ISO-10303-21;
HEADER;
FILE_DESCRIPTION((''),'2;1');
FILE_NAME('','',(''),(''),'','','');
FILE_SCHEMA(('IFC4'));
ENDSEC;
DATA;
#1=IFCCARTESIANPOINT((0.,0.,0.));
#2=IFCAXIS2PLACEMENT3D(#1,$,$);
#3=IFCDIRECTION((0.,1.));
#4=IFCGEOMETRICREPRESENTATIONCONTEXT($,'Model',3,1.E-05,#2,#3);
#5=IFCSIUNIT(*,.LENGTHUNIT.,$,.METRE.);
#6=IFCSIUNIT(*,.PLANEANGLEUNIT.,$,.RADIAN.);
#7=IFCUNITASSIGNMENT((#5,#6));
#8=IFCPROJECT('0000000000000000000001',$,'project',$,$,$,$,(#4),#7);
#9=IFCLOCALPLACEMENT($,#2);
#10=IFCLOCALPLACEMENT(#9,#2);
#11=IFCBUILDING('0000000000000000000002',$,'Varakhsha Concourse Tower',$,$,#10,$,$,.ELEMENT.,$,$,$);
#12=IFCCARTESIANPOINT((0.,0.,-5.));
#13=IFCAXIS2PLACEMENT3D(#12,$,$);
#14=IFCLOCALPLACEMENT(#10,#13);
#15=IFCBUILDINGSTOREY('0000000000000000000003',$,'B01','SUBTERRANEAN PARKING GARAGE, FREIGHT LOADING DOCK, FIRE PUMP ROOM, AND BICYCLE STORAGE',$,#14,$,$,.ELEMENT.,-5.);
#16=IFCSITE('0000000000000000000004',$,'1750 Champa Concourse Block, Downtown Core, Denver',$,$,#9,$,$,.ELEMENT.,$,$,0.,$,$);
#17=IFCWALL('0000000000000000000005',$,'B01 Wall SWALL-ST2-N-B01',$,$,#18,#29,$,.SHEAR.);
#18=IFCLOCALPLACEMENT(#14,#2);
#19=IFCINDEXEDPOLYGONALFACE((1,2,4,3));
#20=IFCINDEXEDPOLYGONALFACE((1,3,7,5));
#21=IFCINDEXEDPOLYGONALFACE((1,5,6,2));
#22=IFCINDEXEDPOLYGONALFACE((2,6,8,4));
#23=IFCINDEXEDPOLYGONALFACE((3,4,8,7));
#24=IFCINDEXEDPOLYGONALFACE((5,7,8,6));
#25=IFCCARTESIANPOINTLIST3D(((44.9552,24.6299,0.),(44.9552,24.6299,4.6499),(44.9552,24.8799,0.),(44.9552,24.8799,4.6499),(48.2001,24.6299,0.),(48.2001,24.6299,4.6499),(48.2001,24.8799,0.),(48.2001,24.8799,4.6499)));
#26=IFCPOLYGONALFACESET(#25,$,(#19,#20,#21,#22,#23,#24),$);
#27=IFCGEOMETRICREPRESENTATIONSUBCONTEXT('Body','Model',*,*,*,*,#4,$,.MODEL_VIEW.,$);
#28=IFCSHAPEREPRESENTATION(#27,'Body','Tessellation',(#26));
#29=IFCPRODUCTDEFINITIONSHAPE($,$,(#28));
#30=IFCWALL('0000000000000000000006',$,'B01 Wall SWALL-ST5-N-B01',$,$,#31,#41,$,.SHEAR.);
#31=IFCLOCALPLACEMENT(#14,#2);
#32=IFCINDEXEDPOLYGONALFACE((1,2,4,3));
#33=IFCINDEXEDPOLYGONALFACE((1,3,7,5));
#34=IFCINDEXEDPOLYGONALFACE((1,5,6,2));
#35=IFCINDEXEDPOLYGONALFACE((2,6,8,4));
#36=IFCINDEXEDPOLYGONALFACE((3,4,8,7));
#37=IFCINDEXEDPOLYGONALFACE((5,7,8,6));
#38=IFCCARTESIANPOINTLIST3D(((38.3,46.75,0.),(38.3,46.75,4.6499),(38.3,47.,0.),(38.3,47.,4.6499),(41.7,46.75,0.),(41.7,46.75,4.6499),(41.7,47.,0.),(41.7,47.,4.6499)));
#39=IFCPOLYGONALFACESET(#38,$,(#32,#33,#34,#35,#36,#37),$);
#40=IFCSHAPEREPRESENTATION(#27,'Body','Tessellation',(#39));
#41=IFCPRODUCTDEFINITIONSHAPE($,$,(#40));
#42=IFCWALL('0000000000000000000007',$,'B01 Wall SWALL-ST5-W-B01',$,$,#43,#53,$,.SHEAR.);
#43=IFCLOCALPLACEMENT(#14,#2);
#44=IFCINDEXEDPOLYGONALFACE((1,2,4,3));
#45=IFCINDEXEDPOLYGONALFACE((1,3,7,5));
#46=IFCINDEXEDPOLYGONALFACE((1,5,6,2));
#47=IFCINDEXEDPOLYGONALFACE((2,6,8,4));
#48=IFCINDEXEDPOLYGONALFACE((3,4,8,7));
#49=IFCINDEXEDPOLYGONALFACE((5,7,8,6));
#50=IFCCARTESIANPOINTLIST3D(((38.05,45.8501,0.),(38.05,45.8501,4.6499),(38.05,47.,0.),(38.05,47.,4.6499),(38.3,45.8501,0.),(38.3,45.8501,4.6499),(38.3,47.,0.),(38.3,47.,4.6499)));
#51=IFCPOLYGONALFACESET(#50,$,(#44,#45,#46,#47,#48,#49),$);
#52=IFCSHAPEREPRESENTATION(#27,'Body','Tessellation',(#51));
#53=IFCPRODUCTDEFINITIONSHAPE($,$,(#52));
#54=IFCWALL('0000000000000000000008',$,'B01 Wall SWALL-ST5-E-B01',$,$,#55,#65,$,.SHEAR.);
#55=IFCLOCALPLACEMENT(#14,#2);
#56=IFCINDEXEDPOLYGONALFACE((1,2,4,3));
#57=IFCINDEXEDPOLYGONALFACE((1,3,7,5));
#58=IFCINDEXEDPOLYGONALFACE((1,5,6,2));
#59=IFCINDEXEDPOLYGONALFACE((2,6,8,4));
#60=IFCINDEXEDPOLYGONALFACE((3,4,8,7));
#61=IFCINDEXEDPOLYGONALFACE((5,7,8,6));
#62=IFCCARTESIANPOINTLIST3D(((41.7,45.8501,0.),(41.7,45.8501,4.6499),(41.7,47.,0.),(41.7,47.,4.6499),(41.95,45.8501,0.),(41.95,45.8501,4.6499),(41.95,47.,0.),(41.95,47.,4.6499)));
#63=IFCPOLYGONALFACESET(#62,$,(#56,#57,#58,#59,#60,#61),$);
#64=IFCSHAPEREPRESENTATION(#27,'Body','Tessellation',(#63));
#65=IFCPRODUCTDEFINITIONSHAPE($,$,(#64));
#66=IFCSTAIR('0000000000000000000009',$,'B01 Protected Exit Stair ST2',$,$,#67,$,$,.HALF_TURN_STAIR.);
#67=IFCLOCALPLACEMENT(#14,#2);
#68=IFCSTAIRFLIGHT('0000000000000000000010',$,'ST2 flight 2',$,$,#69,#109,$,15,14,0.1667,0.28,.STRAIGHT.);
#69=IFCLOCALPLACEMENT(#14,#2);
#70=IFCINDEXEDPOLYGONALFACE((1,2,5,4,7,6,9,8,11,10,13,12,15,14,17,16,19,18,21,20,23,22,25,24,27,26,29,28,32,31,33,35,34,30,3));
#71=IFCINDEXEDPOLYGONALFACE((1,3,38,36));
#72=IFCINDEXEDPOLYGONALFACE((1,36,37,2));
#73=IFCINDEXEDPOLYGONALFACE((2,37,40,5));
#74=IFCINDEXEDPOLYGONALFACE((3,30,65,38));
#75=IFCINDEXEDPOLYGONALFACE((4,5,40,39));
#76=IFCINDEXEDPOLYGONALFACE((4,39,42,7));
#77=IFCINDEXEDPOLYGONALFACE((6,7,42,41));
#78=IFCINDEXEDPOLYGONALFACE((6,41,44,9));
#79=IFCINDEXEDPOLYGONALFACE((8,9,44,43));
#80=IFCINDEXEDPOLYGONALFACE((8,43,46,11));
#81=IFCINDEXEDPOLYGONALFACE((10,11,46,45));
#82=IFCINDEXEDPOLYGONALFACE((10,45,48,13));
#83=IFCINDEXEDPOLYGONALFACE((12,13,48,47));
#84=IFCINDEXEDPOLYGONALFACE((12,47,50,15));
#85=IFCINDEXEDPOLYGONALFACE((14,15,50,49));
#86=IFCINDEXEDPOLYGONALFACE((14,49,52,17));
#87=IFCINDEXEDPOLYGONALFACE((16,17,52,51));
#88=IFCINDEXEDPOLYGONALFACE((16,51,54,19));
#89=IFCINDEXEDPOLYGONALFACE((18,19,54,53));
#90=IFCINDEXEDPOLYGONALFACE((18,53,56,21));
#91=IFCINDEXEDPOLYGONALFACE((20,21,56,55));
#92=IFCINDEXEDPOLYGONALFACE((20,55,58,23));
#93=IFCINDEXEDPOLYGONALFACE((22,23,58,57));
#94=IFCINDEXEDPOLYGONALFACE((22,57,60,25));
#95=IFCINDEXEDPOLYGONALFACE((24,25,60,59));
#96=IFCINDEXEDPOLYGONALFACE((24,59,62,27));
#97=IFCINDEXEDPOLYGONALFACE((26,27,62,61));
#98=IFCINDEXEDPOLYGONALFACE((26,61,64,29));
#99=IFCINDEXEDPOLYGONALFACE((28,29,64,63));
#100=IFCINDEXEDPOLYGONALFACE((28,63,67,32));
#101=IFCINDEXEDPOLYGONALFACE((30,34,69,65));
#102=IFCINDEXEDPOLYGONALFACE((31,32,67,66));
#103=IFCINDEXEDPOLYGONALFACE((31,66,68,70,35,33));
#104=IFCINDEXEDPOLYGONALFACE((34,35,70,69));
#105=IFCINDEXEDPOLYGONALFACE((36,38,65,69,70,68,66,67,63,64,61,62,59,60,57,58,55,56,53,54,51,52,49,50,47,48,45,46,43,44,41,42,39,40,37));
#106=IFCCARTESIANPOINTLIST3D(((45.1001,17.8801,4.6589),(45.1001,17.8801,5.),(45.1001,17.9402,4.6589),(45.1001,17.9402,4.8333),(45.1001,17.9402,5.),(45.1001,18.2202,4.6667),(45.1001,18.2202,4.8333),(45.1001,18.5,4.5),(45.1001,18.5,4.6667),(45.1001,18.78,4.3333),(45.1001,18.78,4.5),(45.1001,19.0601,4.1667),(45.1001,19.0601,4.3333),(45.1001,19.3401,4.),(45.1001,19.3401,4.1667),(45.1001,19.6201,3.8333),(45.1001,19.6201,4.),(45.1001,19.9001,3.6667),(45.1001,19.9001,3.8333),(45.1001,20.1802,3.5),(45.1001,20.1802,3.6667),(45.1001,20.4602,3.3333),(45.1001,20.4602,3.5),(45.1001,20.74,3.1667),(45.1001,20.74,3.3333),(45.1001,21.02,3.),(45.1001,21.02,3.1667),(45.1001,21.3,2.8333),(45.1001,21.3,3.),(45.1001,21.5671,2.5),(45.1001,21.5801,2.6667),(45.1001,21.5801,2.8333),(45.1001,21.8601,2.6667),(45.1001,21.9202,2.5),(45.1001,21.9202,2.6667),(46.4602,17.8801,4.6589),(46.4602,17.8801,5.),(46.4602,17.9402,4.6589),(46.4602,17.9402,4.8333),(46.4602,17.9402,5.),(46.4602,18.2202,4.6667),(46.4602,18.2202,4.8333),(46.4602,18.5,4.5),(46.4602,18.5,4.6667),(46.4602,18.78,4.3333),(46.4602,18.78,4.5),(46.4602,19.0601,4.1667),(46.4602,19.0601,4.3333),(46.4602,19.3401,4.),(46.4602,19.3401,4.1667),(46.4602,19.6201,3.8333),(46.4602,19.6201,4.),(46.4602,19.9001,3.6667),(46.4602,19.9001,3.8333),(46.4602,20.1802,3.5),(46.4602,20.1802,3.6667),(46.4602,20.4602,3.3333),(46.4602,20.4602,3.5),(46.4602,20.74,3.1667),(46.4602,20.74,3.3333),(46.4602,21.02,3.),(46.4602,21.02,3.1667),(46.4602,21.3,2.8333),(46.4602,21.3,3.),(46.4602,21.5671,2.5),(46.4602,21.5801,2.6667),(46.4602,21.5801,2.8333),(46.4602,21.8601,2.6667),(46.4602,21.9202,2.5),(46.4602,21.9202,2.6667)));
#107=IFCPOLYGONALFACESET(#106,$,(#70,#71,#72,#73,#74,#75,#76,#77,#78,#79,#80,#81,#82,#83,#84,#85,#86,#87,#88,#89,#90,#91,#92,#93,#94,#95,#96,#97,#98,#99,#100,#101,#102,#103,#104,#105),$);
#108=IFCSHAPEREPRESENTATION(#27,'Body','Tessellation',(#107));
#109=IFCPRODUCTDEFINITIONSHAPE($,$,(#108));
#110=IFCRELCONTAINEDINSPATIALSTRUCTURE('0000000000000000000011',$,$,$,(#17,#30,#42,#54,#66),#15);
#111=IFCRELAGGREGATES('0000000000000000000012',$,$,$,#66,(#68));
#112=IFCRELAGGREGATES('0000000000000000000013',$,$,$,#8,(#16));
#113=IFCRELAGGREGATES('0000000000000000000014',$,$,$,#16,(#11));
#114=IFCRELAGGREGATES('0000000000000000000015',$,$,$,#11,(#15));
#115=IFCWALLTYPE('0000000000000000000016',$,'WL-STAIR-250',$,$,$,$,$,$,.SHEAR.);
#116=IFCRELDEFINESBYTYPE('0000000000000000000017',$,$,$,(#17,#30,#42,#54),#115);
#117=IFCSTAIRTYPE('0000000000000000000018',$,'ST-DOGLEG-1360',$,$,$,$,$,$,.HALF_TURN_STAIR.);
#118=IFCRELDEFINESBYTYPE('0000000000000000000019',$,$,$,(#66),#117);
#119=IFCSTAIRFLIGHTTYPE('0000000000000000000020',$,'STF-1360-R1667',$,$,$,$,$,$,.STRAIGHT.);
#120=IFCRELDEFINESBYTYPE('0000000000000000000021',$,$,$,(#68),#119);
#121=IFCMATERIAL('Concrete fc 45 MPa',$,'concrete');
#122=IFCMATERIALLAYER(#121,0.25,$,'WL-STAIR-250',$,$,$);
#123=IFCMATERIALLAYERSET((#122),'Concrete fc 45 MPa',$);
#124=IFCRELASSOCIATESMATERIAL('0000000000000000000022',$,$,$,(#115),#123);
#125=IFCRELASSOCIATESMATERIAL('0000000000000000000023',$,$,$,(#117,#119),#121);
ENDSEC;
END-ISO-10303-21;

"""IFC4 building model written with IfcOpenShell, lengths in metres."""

from ifc_helpers import new_model, si_unit, direction, frame, frame_2d, origin, place, context, subcontext, project, spatial, polyline, rectangle, outline, extrude, material, layer, layer_set, type_object, element, aggregate, save


model = new_model("IFC4")

# Units and contexts
model_context = context("Model", 3, precision=1e-05, world=origin(), true_north=direction((0.0, 1.0)))
body_context = subcontext(model_context, "Body", "Model", "MODEL_VIEW")
ifc_project = project(units=[si_unit("LENGTHUNIT", "METRE"), si_unit("PLANEANGLEUNIT", "RADIAN")], contexts=[model_context])

# Site, building, storey
site_placement = place(None, origin())
site = spatial("IfcSite", under=ifc_project, at=site_placement, Name="1750 Champa Concourse Block, Downtown Core, Denver", CompositionType="ELEMENT", RefElevation=0.0)
building_placement = place(site_placement, origin())
building = spatial("IfcBuilding", under=site, at=building_placement, Name="Varakhsha Concourse Tower", CompositionType="ELEMENT")
storey_placement = place(building_placement, frame((0.0, 0.0, -5.0)))
storey = spatial("IfcBuildingStorey", under=building, at=storey_placement, Name="B01", Description="SUBTERRANEAN PARKING GARAGE, FREIGHT LOADING DOCK, FIRE PUMP ROOM, AND BICYCLE STORAGE", CompositionType="ELEMENT", Elevation=-5.0)

# Walls
ifc_material_1 = material(Name="Concrete fc 45 MPa", Category="concrete")
ifc_layer_1 = layer(ifc_material_1, 0.25, Name="WL-STAIR-250")
ifc_layer_set_1 = layer_set([ifc_layer_1], Name="Concrete fc 45 MPa")
wall_type_1 = type_object("IfcWallType", Name="WL-STAIR-250", PredefinedType="SHEAR", material=ifc_layer_set_1)
wall_1_placement = place(storey_placement, frame((44.9551, 24.7549, 0.0), z_axis=(0.0, 0.0, 1.0), x_axis=(1.0, 0.0, 0.0)))
element("IfcWall", 1, at=wall_1_placement, inside=storey, type_object=wall_type_1, Name="B01 Wall SWALL-ST2-N-B01", PredefinedType="SHEAR", context=body_context, shape_type="SweptSolid", body=[
    extrude(rectangle(XDim=3.2449, YDim=0.25, at=frame_2d((1.6226, 0.0))), origin(), (0.0, 0.0, 1.0), 4.6499),
])
wall_2_placement = place(storey_placement, frame((38.3, 46.875, 0.0), z_axis=(0.0, 0.0, 1.0), x_axis=(1.0, 0.0, 0.0)))
element("IfcWall", 2, at=wall_2_placement, inside=storey, type_object=wall_type_1, Name="B01 Wall SWALL-ST5-N-B01", PredefinedType="SHEAR", context=body_context, shape_type="SweptSolid", body=[
    extrude(rectangle(XDim=3.3999, YDim=0.25, at=frame_2d((1.7, 0.0))), origin(), (0.0, 0.0, 1.0), 4.6499),
])
for number, where, z_axis, x_axis, name in (
    (3, (38.175, 45.8501, 0.0), (0.0, 0.0, 1.0), (0.0, 1.0, 0.0), "B01 Wall SWALL-ST5-W-B01"),
    (4, (41.825, 45.8501, 0.0), (0.0, 0.0, 1.0), (0.0, 1.0, 0.0), "B01 Wall SWALL-ST5-E-B01"),
):
    element("IfcWall", number, at=place(storey_placement, frame(where, z_axis=z_axis, x_axis=x_axis)), inside=storey, type_object=wall_type_1, Name=name, PredefinedType="SHEAR", context=body_context, shape_type="SweptSolid", body=[
        extrude(rectangle(XDim=1.1499, YDim=0.25, at=frame_2d((0.575, 0.0))), origin(), (0.0, 0.0, 1.0), 4.6499),
    ])

# Stair, stair flight
stair_type = type_object("IfcStairType", Name="ST-DOGLEG-1360", PredefinedType="HALF_TURN_STAIR", material=ifc_material_1)
stair_placement = place(storey_placement, origin())
stair = element("IfcStair", 5, at=stair_placement, inside=storey, type_object=stair_type, Name="B01 Protected Exit Stair ST2", PredefinedType="HALF_TURN_STAIR")
stair_flight_type = type_object("IfcStairFlightType", Name="STF-1360-R1667", PredefinedType="STRAIGHT", material=ifc_material_1)
stair_flight_placement = place(storey_placement, frame((45.78, 21.8601, 2.5), z_axis=(0.0, 0.0, 1.0), x_axis=(0.0, -1.0, 0.0)))
stair_flight = element("IfcStairFlight", 6, at=stair_flight_placement, type_object=stair_flight_type, Name="ST2 flight 2", NumberOfRisers=15, NumberOfTreads=14, PredefinedType="STRAIGHT", RiserHeight=0.1667, TreadLength=0.28, context=body_context, shape_type="SweptSolid", body=[
    extrude(outline(polyline([(-0.0601, 0.0), (-0.0601, 0.1667), (0.0, 0.1667), (0.28, 0.1667), (0.28, 0.3333), (0.5601, 0.3333), (0.5601, 0.5), (0.8401, 0.5), (0.8401, 0.6667), (1.1201, 0.6667), (1.1201, 0.8333), (1.3999, 0.8333), (1.3999, 1.0), (1.6799, 1.0), (1.6799, 1.1667), (1.96, 1.1667), (1.96, 1.3333), (2.24, 1.3333), (2.24, 1.5), (2.52, 1.5), (2.52, 1.6667), (2.8, 1.6667), (2.8, 1.8333), (3.0801, 1.8333), (3.0801, 2.0), (3.3601, 2.0), (3.3601, 2.1667), (3.6399, 2.1667), (3.6399, 2.3333), (3.9199, 2.3333), (3.9199, 2.5), (3.98, 2.5), (3.98, 2.1589), (3.9199, 2.1589), (0.293, 0.0), (-0.0601, 0.0)])), frame((0.0, 0.6802, 0.0), z_axis=(0.0, -1.0, 0.0), x_axis=(1.0, 0.0, 0.0)), (0.0, 0.0, 1.0), 1.3601),
])
aggregate(stair, [stair_flight])

save(model, "model.ifc")
